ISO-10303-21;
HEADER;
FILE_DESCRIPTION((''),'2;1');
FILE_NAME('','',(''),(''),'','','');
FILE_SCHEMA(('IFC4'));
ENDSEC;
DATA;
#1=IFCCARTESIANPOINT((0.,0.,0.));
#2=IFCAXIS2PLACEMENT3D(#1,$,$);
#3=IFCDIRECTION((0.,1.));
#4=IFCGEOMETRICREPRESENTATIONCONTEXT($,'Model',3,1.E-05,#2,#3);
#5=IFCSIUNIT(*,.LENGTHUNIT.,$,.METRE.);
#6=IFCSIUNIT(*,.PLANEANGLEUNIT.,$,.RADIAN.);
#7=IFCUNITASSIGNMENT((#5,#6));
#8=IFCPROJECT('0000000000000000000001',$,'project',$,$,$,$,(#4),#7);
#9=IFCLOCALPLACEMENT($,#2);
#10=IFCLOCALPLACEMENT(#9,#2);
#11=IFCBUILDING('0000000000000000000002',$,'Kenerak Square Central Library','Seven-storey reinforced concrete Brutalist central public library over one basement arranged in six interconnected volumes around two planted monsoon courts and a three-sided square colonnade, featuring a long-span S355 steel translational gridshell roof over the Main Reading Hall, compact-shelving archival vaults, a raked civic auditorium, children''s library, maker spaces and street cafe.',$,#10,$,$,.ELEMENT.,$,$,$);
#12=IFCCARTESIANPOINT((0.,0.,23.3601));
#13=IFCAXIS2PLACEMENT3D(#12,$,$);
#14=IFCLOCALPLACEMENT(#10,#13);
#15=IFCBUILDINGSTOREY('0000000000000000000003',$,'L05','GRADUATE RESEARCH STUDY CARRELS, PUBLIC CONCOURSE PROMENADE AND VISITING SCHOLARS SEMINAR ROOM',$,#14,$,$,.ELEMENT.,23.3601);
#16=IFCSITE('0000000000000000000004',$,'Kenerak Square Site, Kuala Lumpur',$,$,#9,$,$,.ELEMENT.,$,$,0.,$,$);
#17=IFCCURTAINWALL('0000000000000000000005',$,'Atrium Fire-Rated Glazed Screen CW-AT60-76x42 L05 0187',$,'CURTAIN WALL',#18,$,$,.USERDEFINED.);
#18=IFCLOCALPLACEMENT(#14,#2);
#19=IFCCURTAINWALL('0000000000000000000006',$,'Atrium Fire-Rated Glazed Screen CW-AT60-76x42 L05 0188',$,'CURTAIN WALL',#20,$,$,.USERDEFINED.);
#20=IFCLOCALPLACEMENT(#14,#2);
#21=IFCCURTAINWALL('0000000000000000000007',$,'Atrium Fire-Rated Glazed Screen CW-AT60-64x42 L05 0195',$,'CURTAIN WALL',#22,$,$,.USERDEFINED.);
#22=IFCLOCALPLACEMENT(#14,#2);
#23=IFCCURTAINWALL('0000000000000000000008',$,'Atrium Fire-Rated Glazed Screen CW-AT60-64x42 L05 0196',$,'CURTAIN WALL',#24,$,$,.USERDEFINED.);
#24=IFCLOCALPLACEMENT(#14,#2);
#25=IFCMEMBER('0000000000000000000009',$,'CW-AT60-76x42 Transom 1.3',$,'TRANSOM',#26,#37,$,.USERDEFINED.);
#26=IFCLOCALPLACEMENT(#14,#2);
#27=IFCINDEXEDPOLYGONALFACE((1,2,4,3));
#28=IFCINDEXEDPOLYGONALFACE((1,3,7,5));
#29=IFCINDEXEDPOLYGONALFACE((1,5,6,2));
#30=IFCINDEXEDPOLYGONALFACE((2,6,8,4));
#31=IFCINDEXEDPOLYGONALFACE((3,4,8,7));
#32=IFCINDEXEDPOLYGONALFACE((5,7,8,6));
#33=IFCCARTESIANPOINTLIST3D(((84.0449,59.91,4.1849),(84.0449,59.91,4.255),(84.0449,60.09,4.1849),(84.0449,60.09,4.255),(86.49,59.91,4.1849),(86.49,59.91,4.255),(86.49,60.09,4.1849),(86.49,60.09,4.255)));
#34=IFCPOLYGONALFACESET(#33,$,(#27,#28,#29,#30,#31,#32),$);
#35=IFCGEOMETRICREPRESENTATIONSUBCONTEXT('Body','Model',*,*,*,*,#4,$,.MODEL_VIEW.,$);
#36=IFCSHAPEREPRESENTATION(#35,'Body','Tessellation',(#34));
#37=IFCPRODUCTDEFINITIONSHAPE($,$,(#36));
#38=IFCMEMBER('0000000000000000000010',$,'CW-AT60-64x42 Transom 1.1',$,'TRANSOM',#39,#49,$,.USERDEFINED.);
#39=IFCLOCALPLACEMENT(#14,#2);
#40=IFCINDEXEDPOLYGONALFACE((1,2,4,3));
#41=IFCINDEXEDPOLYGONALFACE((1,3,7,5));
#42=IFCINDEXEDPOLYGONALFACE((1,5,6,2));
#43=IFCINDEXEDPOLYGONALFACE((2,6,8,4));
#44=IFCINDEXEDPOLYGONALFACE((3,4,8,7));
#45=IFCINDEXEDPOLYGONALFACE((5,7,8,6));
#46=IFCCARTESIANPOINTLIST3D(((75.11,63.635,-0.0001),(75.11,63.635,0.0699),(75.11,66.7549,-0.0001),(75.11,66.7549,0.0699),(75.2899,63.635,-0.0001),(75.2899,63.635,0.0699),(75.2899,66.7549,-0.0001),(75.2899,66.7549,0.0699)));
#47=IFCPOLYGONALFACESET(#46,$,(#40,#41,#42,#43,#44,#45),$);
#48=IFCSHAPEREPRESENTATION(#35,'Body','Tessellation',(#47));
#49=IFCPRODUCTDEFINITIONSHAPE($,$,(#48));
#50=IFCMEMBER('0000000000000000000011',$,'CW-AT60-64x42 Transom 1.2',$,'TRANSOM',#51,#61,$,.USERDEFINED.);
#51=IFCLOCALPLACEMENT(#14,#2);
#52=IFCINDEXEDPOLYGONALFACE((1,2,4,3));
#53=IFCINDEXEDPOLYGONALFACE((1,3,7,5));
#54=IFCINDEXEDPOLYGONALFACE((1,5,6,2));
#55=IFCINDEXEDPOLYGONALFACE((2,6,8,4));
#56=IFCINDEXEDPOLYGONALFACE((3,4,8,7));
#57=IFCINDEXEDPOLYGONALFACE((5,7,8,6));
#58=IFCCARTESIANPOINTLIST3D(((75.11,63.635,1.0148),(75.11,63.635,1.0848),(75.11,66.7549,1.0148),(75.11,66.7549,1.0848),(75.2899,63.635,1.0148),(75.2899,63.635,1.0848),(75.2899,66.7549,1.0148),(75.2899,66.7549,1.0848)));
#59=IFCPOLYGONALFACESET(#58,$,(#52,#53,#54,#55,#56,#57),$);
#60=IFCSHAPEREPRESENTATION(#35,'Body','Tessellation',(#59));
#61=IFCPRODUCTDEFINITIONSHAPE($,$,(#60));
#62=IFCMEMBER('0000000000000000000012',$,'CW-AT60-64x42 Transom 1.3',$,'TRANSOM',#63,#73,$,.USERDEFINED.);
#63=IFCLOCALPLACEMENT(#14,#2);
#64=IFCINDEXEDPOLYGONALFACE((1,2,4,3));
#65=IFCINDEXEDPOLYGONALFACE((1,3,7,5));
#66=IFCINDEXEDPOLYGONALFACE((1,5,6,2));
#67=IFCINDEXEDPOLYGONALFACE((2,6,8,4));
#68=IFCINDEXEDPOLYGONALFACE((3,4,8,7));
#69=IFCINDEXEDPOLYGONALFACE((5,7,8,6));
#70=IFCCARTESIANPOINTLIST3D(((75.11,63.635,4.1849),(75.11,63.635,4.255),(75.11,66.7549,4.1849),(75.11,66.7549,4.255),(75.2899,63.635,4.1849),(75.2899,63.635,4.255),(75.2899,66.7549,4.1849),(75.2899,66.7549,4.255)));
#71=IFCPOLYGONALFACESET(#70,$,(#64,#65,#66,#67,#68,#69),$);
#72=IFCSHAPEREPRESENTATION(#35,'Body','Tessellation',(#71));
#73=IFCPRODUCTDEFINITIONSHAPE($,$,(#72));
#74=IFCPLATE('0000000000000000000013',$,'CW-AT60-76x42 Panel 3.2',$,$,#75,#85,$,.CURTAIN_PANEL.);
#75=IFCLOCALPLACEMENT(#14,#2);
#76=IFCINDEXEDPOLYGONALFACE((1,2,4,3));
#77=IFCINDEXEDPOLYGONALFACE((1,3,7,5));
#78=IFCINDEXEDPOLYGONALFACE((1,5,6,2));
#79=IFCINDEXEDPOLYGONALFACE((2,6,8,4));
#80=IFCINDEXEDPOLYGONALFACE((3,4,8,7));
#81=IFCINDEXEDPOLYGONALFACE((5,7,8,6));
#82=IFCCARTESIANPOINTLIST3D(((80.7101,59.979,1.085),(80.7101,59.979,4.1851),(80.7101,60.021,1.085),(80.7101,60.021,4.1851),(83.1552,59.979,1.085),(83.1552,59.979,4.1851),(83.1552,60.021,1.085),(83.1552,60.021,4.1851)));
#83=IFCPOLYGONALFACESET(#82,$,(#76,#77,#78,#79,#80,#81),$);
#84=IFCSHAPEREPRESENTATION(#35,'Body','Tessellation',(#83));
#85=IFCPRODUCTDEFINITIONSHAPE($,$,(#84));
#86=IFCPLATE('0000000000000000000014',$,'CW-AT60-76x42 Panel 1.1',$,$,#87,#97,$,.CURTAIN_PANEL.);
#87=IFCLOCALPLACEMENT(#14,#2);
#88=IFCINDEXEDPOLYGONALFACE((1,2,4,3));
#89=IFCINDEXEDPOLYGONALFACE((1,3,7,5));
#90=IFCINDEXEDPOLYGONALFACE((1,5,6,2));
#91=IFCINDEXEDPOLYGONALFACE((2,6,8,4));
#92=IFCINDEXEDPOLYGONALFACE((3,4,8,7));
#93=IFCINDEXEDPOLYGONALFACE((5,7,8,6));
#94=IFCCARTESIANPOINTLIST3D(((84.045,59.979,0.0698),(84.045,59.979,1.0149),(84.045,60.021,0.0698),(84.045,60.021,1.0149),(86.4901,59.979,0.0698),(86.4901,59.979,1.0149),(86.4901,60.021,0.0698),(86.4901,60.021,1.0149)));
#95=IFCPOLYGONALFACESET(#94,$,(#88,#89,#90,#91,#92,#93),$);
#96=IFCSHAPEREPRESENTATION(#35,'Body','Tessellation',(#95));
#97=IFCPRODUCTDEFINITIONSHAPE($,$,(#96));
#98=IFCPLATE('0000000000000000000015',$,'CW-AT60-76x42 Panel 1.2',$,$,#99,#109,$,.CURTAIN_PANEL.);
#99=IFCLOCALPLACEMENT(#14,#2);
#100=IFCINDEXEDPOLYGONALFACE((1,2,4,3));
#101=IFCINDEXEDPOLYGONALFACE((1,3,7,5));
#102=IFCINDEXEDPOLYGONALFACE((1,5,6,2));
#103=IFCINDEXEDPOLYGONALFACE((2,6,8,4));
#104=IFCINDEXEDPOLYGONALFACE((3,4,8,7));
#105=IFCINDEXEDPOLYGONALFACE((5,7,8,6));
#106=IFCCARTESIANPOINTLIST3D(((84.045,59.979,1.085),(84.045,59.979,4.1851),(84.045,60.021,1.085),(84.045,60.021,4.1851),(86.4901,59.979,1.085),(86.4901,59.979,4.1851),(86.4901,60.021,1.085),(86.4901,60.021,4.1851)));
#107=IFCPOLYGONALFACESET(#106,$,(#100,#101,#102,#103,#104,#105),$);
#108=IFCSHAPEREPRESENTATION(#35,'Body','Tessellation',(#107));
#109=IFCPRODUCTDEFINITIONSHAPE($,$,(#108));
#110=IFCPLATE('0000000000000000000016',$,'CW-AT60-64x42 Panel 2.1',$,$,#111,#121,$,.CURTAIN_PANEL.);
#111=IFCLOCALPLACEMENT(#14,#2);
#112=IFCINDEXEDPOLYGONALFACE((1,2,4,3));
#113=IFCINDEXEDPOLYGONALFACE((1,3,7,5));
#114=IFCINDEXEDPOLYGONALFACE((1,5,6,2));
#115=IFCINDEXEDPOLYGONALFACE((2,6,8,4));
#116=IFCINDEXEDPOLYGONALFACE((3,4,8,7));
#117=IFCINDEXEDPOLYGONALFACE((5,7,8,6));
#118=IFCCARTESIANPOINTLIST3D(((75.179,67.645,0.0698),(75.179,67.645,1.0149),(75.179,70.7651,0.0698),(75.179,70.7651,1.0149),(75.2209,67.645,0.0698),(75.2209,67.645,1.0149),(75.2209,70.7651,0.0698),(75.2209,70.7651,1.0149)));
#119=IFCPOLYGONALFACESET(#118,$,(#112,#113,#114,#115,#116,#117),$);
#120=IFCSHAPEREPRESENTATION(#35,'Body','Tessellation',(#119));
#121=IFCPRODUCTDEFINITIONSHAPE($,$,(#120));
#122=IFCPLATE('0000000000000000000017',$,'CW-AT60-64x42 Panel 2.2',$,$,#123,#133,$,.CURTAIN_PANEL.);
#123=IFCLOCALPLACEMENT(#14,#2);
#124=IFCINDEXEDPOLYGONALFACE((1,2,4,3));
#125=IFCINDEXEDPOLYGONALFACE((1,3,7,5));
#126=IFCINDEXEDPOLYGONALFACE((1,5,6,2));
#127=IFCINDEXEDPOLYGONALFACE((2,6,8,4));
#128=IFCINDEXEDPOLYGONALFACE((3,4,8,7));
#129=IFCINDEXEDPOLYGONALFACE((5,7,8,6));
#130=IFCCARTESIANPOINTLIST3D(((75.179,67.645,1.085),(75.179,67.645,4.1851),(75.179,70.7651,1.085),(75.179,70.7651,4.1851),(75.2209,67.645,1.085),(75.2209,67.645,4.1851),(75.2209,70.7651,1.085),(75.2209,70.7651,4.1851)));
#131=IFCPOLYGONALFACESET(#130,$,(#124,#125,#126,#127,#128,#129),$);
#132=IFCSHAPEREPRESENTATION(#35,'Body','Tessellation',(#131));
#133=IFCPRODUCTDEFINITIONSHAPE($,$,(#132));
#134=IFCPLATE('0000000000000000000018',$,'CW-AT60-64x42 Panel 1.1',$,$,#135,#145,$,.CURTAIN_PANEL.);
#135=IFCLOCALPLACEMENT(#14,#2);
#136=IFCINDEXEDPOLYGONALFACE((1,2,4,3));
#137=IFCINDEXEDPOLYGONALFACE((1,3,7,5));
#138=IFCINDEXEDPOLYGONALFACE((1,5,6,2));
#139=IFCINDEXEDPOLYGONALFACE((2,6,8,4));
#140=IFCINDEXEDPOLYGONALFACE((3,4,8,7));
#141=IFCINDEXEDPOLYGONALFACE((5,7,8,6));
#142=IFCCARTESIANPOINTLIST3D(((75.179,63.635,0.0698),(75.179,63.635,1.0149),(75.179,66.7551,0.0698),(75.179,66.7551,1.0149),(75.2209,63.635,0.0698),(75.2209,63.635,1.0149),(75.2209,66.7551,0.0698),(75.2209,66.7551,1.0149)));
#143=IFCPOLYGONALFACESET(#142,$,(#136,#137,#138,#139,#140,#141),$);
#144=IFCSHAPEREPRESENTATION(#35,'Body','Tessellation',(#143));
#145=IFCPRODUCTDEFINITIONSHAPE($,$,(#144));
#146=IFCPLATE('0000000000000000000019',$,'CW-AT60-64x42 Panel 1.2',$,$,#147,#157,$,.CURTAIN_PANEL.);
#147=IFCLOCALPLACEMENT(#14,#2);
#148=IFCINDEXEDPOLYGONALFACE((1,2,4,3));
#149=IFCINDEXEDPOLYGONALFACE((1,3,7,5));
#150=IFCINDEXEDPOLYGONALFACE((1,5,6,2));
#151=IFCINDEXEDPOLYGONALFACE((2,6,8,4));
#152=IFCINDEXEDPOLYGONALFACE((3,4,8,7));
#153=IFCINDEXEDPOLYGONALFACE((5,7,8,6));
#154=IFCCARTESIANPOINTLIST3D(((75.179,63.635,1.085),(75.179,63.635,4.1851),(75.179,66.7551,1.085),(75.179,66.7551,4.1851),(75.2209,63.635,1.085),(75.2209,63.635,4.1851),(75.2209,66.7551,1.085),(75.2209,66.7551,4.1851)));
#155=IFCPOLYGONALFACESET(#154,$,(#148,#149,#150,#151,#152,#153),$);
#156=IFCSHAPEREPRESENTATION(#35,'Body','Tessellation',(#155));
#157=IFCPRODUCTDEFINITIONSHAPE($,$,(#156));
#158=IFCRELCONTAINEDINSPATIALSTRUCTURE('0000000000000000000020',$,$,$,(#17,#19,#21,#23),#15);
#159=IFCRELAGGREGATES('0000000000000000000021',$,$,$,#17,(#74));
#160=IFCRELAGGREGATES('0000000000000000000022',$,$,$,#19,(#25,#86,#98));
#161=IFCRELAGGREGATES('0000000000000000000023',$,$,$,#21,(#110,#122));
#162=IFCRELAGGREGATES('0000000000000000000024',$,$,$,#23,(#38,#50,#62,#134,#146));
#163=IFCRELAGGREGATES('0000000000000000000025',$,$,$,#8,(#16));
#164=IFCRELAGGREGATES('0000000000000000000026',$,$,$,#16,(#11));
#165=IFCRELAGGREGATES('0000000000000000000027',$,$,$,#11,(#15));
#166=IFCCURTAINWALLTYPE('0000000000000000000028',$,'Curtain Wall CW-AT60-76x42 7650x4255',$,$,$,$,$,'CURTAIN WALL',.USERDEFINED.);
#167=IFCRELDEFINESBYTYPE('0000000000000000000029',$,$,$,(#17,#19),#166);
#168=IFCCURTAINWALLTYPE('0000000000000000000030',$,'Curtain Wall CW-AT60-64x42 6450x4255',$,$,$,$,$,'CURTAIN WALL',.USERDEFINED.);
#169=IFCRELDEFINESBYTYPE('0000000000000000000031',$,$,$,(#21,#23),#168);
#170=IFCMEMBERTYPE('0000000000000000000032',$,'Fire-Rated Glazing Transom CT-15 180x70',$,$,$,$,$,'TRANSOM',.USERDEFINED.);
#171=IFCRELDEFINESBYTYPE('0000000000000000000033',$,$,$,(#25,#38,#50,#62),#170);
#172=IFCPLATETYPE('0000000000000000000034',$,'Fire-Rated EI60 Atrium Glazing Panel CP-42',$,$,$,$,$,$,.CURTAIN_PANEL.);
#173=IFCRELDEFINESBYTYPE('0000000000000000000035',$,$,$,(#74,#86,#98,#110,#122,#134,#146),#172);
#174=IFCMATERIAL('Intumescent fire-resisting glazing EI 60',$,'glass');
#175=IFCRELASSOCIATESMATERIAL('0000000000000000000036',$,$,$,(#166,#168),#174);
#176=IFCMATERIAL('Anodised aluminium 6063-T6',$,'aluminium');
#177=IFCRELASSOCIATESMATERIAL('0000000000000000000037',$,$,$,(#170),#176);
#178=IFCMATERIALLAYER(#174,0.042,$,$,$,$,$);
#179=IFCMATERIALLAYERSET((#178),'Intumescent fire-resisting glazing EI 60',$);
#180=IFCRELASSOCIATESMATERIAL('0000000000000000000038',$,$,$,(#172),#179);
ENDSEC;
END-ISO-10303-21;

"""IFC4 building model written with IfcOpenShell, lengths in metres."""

from ifc_helpers import new_model, si_unit, direction, frame, origin, origin_2d, place, context, subcontext, project, spatial, rectangle, extrude, material, layer, layer_set, material_profile, profile_set, type_object, element, aggregate, save


model = new_model("IFC4")

# Units and contexts
model_context = context("Model", 3, precision=1e-05, world=origin(), true_north=direction((0.0, 1.0)))
body_context = subcontext(model_context, "Body", "Model", "MODEL_VIEW")
ifc_project = project(units=[si_unit("LENGTHUNIT", "METRE"), si_unit("PLANEANGLEUNIT", "RADIAN")], contexts=[model_context])

# Site, building, storey
site_placement = place(None, origin())
site = spatial("IfcSite", under=ifc_project, at=site_placement, Name="Kenerak Square Site, Kuala Lumpur", CompositionType="ELEMENT", RefElevation=0.0)
building_placement = place(site_placement, origin())
building = spatial("IfcBuilding", under=site, at=building_placement, Name="Kenerak Square Central Library", Description="Seven-storey reinforced concrete Brutalist central public library over one basement arranged in six interconnected volumes around two planted monsoon courts and a three-sided square colonnade, featuring a long-span S355 steel translational gridshell roof over the Main Reading Hall, compact-shelving archival vaults, a raked civic auditorium, children's library, maker spaces and street cafe.", CompositionType="ELEMENT")
storey_placement = place(building_placement, frame((0.0, 0.0, 23.3601)))
storey = spatial("IfcBuildingStorey", under=building, at=storey_placement, Name="L05", Description="GRADUATE RESEARCH STUDY CARRELS, PUBLIC CONCOURSE PROMENADE AND VISITING SCHOLARS SEMINAR ROOM", CompositionType="ELEMENT", Elevation=23.3601)

# Curtain wall
ifc_material_1 = material(Name="Intumescent fire-resisting glazing EI 60", Category="glass")
curtain_wall_type_1 = type_object("IfcCurtainWallType", Name="Curtain Wall CW-AT60-76x42 7650x4255", ElementType="CURTAIN WALL", PredefinedType="USERDEFINED", material=ifc_material_1)
curtain_wall_1_placement = place(storey_placement, origin())
curtain_wall_1 = element("IfcCurtainWall", 1, at=curtain_wall_1_placement, inside=storey, type_object=curtain_wall_type_1, Name="Atrium Fire-Rated Glazed Screen CW-AT60-76x42 L05 0187", ObjectType="CURTAIN WALL", PredefinedType="USERDEFINED")
ifc_material_2 = material(Name="Anodised aluminium 6063-T6", Category="aluminium")

# Curtain wall
curtain_wall_2_placement = place(storey_placement, origin())
curtain_wall_2 = element("IfcCurtainWall", 2, at=curtain_wall_2_placement, inside=storey, type_object=curtain_wall_type_1, Name="Atrium Fire-Rated Glazed Screen CW-AT60-76x42 L05 0188", ObjectType="CURTAIN WALL", PredefinedType="USERDEFINED")

# Curtain wall
curtain_wall_type_2 = type_object("IfcCurtainWallType", Name="Curtain Wall CW-AT60-64x42 6450x4255", ElementType="CURTAIN WALL", PredefinedType="USERDEFINED", material=ifc_material_1)
curtain_wall_3_placement = place(storey_placement, origin())
curtain_wall_3 = element("IfcCurtainWall", 3, at=curtain_wall_3_placement, inside=storey, type_object=curtain_wall_type_2, Name="Atrium Fire-Rated Glazed Screen CW-AT60-64x42 L05 0195", ObjectType="CURTAIN WALL", PredefinedType="USERDEFINED")

# Curtain wall
curtain_wall_4_placement = place(storey_placement, origin())
curtain_wall_4 = element("IfcCurtainWall", 4, at=curtain_wall_4_placement, inside=storey, type_object=curtain_wall_type_2, Name="Atrium Fire-Rated Glazed Screen CW-AT60-64x42 L05 0196", ObjectType="CURTAIN WALL", PredefinedType="USERDEFINED")

# Members
ifc_material_profile_1 = material_profile(ifc_material_2, rectangle(XDim=0.1799, YDim=0.0701, at=origin_2d()), Name="AL TRANSOM 180x70")
ifc_profile_set_1 = profile_set([ifc_material_profile_1], Name="Anodised aluminium 6063-T6")
member_type_1 = type_object("IfcMemberType", Name="Fire-Rated Glazing Transom CT-15 180x70", ElementType="TRANSOM", PredefinedType="USERDEFINED", material=ifc_profile_set_1)
member_1_placement = place(storey_placement, frame((84.0449, 60.0, 4.22), z_axis=(1.0, 0.0, 0.0), x_axis=(0.0, 1.0, 0.0)))
member_1 = element("IfcMember", 5, at=member_1_placement, type_object=member_type_1, Name="CW-AT60-76x42 Transom 1.3", ObjectType="TRANSOM", PredefinedType="USERDEFINED", context=body_context, shape_type="SweptSolid", body=[
    extrude(rectangle(XDim=0.1799, YDim=0.0701, at=origin_2d()), origin(), (0.0, 0.0, 1.0), 2.4451),
])
member_2_placement = place(storey_placement, frame((75.2, 66.7549, 0.0349), z_axis=(0.0, -1.0, 0.0), x_axis=(1.0, 0.0, 0.0)))
member_2 = element("IfcMember", 6, at=member_2_placement, type_object=member_type_1, Name="CW-AT60-64x42 Transom 1.1", ObjectType="TRANSOM", PredefinedType="USERDEFINED", context=body_context, shape_type="SweptSolid", body=[
    extrude(rectangle(XDim=0.1799, YDim=0.0701, at=origin_2d()), origin(), (0.0, 0.0, 1.0), 3.1199),
])
member_3_placement = place(storey_placement, frame((75.2, 66.7549, 1.0498), z_axis=(0.0, -1.0, 0.0), x_axis=(1.0, 0.0, 0.0)))
member_3 = element("IfcMember", 7, at=member_3_placement, type_object=member_type_1, Name="CW-AT60-64x42 Transom 1.2", ObjectType="TRANSOM", PredefinedType="USERDEFINED", context=body_context, shape_type="SweptSolid", body=[
    extrude(rectangle(XDim=0.1799, YDim=0.0701, at=origin_2d()), origin(), (0.0, 0.0, 1.0), 3.1199),
])
member_4_placement = place(storey_placement, frame((75.2, 66.7549, 4.22), z_axis=(0.0, -1.0, 0.0), x_axis=(1.0, 0.0, 0.0)))
member_4 = element("IfcMember", 8, at=member_4_placement, type_object=member_type_1, Name="CW-AT60-64x42 Transom 1.3", ObjectType="TRANSOM", PredefinedType="USERDEFINED", context=body_context, shape_type="SweptSolid", body=[
    extrude(rectangle(XDim=0.1799, YDim=0.0701, at=origin_2d()), origin(), (0.0, 0.0, 1.0), 3.1199),
])

# Plates
ifc_layer = layer(ifc_material_1, 0.042)
ifc_layer_set = layer_set([ifc_layer], Name="Intumescent fire-resisting glazing EI 60")
plate_type = type_object("IfcPlateType", Name="Fire-Rated EI60 Atrium Glazing Panel CP-42", PredefinedType="CURTAIN_PANEL", material=ifc_layer_set)
plate_1_placement = place(storey_placement, frame((81.9326, 60.0, 1.085), z_axis=(0.0, 0.0, 1.0), x_axis=(1.0, 0.0, 0.0)))
plate_1 = element("IfcPlate", 9, at=plate_1_placement, type_object=plate_type, Name="CW-AT60-76x42 Panel 3.2", PredefinedType="CURTAIN_PANEL", context=body_context, shape_type="SweptSolid", body=[
    extrude(rectangle(XDim=2.4451, YDim=0.042, at=origin_2d()), origin(), (0.0, 0.0, 1.0), 3.1001),
])
aggregate(curtain_wall_1, [plate_1])
plate_2_placement = place(storey_placement, frame((85.2676, 60.0, 0.0698), z_axis=(0.0, 0.0, 1.0), x_axis=(1.0, 0.0, 0.0)))
plate_2 = element("IfcPlate", 10, at=plate_2_placement, type_object=plate_type, Name="CW-AT60-76x42 Panel 1.1", PredefinedType="CURTAIN_PANEL", context=body_context, shape_type="SweptSolid", body=[
    extrude(rectangle(XDim=2.4451, YDim=0.042, at=origin_2d()), origin(), (0.0, 0.0, 1.0), 0.9451),
])
plate_3_placement = place(storey_placement, frame((85.2676, 60.0, 1.085), z_axis=(0.0, 0.0, 1.0), x_axis=(1.0, 0.0, 0.0)))
plate_3 = element("IfcPlate", 11, at=plate_3_placement, type_object=plate_type, Name="CW-AT60-76x42 Panel 1.2", PredefinedType="CURTAIN_PANEL", context=body_context, shape_type="SweptSolid", body=[
    extrude(rectangle(XDim=2.4451, YDim=0.042, at=origin_2d()), origin(), (0.0, 0.0, 1.0), 3.1001),
])
aggregate(curtain_wall_2, [member_1, plate_2, plate_3])
plate_4_placement = place(storey_placement, frame((75.2, 69.2051, 0.0698), z_axis=(0.0, 0.0, 1.0), x_axis=(0.0, -1.0, 0.0)))
plate_4 = element("IfcPlate", 12, at=plate_4_placement, type_object=plate_type, Name="CW-AT60-64x42 Panel 2.1", PredefinedType="CURTAIN_PANEL", context=body_context, shape_type="SweptSolid", body=[
    extrude(rectangle(XDim=3.1201, YDim=0.042, at=origin_2d()), origin(), (0.0, 0.0, 1.0), 0.9451),
])
plate_5_placement = place(storey_placement, frame((75.2, 69.2051, 1.085), z_axis=(0.0, 0.0, 1.0), x_axis=(0.0, -1.0, 0.0)))
plate_5 = element("IfcPlate", 13, at=plate_5_placement, type_object=plate_type, Name="CW-AT60-64x42 Panel 2.2", PredefinedType="CURTAIN_PANEL", context=body_context, shape_type="SweptSolid", body=[
    extrude(rectangle(XDim=3.1201, YDim=0.042, at=origin_2d()), origin(), (0.0, 0.0, 1.0), 3.1001),
])
aggregate(curtain_wall_3, [plate_4, plate_5])
plate_6_placement = place(storey_placement, frame((75.2, 65.1951, 0.0698), z_axis=(0.0, 0.0, 1.0), x_axis=(0.0, -1.0, 0.0)))
plate_6 = element("IfcPlate", 14, at=plate_6_placement, type_object=plate_type, Name="CW-AT60-64x42 Panel 1.1", PredefinedType="CURTAIN_PANEL", context=body_context, shape_type="SweptSolid", body=[
    extrude(rectangle(XDim=3.1201, YDim=0.042, at=origin_2d()), origin(), (0.0, 0.0, 1.0), 0.9451),
])
plate_7_placement = place(storey_placement, frame((75.2, 65.1951, 1.085), z_axis=(0.0, 0.0, 1.0), x_axis=(0.0, -1.0, 0.0)))
plate_7 = element("IfcPlate", 15, at=plate_7_placement, type_object=plate_type, Name="CW-AT60-64x42 Panel 1.2", PredefinedType="CURTAIN_PANEL", context=body_context, shape_type="SweptSolid", body=[
    extrude(rectangle(XDim=3.1201, YDim=0.042, at=origin_2d()), origin(), (0.0, 0.0, 1.0), 3.1001),
])
aggregate(curtain_wall_4, [member_2, member_3, member_4, plate_6, plate_7])

save(model, "model.ifc")
